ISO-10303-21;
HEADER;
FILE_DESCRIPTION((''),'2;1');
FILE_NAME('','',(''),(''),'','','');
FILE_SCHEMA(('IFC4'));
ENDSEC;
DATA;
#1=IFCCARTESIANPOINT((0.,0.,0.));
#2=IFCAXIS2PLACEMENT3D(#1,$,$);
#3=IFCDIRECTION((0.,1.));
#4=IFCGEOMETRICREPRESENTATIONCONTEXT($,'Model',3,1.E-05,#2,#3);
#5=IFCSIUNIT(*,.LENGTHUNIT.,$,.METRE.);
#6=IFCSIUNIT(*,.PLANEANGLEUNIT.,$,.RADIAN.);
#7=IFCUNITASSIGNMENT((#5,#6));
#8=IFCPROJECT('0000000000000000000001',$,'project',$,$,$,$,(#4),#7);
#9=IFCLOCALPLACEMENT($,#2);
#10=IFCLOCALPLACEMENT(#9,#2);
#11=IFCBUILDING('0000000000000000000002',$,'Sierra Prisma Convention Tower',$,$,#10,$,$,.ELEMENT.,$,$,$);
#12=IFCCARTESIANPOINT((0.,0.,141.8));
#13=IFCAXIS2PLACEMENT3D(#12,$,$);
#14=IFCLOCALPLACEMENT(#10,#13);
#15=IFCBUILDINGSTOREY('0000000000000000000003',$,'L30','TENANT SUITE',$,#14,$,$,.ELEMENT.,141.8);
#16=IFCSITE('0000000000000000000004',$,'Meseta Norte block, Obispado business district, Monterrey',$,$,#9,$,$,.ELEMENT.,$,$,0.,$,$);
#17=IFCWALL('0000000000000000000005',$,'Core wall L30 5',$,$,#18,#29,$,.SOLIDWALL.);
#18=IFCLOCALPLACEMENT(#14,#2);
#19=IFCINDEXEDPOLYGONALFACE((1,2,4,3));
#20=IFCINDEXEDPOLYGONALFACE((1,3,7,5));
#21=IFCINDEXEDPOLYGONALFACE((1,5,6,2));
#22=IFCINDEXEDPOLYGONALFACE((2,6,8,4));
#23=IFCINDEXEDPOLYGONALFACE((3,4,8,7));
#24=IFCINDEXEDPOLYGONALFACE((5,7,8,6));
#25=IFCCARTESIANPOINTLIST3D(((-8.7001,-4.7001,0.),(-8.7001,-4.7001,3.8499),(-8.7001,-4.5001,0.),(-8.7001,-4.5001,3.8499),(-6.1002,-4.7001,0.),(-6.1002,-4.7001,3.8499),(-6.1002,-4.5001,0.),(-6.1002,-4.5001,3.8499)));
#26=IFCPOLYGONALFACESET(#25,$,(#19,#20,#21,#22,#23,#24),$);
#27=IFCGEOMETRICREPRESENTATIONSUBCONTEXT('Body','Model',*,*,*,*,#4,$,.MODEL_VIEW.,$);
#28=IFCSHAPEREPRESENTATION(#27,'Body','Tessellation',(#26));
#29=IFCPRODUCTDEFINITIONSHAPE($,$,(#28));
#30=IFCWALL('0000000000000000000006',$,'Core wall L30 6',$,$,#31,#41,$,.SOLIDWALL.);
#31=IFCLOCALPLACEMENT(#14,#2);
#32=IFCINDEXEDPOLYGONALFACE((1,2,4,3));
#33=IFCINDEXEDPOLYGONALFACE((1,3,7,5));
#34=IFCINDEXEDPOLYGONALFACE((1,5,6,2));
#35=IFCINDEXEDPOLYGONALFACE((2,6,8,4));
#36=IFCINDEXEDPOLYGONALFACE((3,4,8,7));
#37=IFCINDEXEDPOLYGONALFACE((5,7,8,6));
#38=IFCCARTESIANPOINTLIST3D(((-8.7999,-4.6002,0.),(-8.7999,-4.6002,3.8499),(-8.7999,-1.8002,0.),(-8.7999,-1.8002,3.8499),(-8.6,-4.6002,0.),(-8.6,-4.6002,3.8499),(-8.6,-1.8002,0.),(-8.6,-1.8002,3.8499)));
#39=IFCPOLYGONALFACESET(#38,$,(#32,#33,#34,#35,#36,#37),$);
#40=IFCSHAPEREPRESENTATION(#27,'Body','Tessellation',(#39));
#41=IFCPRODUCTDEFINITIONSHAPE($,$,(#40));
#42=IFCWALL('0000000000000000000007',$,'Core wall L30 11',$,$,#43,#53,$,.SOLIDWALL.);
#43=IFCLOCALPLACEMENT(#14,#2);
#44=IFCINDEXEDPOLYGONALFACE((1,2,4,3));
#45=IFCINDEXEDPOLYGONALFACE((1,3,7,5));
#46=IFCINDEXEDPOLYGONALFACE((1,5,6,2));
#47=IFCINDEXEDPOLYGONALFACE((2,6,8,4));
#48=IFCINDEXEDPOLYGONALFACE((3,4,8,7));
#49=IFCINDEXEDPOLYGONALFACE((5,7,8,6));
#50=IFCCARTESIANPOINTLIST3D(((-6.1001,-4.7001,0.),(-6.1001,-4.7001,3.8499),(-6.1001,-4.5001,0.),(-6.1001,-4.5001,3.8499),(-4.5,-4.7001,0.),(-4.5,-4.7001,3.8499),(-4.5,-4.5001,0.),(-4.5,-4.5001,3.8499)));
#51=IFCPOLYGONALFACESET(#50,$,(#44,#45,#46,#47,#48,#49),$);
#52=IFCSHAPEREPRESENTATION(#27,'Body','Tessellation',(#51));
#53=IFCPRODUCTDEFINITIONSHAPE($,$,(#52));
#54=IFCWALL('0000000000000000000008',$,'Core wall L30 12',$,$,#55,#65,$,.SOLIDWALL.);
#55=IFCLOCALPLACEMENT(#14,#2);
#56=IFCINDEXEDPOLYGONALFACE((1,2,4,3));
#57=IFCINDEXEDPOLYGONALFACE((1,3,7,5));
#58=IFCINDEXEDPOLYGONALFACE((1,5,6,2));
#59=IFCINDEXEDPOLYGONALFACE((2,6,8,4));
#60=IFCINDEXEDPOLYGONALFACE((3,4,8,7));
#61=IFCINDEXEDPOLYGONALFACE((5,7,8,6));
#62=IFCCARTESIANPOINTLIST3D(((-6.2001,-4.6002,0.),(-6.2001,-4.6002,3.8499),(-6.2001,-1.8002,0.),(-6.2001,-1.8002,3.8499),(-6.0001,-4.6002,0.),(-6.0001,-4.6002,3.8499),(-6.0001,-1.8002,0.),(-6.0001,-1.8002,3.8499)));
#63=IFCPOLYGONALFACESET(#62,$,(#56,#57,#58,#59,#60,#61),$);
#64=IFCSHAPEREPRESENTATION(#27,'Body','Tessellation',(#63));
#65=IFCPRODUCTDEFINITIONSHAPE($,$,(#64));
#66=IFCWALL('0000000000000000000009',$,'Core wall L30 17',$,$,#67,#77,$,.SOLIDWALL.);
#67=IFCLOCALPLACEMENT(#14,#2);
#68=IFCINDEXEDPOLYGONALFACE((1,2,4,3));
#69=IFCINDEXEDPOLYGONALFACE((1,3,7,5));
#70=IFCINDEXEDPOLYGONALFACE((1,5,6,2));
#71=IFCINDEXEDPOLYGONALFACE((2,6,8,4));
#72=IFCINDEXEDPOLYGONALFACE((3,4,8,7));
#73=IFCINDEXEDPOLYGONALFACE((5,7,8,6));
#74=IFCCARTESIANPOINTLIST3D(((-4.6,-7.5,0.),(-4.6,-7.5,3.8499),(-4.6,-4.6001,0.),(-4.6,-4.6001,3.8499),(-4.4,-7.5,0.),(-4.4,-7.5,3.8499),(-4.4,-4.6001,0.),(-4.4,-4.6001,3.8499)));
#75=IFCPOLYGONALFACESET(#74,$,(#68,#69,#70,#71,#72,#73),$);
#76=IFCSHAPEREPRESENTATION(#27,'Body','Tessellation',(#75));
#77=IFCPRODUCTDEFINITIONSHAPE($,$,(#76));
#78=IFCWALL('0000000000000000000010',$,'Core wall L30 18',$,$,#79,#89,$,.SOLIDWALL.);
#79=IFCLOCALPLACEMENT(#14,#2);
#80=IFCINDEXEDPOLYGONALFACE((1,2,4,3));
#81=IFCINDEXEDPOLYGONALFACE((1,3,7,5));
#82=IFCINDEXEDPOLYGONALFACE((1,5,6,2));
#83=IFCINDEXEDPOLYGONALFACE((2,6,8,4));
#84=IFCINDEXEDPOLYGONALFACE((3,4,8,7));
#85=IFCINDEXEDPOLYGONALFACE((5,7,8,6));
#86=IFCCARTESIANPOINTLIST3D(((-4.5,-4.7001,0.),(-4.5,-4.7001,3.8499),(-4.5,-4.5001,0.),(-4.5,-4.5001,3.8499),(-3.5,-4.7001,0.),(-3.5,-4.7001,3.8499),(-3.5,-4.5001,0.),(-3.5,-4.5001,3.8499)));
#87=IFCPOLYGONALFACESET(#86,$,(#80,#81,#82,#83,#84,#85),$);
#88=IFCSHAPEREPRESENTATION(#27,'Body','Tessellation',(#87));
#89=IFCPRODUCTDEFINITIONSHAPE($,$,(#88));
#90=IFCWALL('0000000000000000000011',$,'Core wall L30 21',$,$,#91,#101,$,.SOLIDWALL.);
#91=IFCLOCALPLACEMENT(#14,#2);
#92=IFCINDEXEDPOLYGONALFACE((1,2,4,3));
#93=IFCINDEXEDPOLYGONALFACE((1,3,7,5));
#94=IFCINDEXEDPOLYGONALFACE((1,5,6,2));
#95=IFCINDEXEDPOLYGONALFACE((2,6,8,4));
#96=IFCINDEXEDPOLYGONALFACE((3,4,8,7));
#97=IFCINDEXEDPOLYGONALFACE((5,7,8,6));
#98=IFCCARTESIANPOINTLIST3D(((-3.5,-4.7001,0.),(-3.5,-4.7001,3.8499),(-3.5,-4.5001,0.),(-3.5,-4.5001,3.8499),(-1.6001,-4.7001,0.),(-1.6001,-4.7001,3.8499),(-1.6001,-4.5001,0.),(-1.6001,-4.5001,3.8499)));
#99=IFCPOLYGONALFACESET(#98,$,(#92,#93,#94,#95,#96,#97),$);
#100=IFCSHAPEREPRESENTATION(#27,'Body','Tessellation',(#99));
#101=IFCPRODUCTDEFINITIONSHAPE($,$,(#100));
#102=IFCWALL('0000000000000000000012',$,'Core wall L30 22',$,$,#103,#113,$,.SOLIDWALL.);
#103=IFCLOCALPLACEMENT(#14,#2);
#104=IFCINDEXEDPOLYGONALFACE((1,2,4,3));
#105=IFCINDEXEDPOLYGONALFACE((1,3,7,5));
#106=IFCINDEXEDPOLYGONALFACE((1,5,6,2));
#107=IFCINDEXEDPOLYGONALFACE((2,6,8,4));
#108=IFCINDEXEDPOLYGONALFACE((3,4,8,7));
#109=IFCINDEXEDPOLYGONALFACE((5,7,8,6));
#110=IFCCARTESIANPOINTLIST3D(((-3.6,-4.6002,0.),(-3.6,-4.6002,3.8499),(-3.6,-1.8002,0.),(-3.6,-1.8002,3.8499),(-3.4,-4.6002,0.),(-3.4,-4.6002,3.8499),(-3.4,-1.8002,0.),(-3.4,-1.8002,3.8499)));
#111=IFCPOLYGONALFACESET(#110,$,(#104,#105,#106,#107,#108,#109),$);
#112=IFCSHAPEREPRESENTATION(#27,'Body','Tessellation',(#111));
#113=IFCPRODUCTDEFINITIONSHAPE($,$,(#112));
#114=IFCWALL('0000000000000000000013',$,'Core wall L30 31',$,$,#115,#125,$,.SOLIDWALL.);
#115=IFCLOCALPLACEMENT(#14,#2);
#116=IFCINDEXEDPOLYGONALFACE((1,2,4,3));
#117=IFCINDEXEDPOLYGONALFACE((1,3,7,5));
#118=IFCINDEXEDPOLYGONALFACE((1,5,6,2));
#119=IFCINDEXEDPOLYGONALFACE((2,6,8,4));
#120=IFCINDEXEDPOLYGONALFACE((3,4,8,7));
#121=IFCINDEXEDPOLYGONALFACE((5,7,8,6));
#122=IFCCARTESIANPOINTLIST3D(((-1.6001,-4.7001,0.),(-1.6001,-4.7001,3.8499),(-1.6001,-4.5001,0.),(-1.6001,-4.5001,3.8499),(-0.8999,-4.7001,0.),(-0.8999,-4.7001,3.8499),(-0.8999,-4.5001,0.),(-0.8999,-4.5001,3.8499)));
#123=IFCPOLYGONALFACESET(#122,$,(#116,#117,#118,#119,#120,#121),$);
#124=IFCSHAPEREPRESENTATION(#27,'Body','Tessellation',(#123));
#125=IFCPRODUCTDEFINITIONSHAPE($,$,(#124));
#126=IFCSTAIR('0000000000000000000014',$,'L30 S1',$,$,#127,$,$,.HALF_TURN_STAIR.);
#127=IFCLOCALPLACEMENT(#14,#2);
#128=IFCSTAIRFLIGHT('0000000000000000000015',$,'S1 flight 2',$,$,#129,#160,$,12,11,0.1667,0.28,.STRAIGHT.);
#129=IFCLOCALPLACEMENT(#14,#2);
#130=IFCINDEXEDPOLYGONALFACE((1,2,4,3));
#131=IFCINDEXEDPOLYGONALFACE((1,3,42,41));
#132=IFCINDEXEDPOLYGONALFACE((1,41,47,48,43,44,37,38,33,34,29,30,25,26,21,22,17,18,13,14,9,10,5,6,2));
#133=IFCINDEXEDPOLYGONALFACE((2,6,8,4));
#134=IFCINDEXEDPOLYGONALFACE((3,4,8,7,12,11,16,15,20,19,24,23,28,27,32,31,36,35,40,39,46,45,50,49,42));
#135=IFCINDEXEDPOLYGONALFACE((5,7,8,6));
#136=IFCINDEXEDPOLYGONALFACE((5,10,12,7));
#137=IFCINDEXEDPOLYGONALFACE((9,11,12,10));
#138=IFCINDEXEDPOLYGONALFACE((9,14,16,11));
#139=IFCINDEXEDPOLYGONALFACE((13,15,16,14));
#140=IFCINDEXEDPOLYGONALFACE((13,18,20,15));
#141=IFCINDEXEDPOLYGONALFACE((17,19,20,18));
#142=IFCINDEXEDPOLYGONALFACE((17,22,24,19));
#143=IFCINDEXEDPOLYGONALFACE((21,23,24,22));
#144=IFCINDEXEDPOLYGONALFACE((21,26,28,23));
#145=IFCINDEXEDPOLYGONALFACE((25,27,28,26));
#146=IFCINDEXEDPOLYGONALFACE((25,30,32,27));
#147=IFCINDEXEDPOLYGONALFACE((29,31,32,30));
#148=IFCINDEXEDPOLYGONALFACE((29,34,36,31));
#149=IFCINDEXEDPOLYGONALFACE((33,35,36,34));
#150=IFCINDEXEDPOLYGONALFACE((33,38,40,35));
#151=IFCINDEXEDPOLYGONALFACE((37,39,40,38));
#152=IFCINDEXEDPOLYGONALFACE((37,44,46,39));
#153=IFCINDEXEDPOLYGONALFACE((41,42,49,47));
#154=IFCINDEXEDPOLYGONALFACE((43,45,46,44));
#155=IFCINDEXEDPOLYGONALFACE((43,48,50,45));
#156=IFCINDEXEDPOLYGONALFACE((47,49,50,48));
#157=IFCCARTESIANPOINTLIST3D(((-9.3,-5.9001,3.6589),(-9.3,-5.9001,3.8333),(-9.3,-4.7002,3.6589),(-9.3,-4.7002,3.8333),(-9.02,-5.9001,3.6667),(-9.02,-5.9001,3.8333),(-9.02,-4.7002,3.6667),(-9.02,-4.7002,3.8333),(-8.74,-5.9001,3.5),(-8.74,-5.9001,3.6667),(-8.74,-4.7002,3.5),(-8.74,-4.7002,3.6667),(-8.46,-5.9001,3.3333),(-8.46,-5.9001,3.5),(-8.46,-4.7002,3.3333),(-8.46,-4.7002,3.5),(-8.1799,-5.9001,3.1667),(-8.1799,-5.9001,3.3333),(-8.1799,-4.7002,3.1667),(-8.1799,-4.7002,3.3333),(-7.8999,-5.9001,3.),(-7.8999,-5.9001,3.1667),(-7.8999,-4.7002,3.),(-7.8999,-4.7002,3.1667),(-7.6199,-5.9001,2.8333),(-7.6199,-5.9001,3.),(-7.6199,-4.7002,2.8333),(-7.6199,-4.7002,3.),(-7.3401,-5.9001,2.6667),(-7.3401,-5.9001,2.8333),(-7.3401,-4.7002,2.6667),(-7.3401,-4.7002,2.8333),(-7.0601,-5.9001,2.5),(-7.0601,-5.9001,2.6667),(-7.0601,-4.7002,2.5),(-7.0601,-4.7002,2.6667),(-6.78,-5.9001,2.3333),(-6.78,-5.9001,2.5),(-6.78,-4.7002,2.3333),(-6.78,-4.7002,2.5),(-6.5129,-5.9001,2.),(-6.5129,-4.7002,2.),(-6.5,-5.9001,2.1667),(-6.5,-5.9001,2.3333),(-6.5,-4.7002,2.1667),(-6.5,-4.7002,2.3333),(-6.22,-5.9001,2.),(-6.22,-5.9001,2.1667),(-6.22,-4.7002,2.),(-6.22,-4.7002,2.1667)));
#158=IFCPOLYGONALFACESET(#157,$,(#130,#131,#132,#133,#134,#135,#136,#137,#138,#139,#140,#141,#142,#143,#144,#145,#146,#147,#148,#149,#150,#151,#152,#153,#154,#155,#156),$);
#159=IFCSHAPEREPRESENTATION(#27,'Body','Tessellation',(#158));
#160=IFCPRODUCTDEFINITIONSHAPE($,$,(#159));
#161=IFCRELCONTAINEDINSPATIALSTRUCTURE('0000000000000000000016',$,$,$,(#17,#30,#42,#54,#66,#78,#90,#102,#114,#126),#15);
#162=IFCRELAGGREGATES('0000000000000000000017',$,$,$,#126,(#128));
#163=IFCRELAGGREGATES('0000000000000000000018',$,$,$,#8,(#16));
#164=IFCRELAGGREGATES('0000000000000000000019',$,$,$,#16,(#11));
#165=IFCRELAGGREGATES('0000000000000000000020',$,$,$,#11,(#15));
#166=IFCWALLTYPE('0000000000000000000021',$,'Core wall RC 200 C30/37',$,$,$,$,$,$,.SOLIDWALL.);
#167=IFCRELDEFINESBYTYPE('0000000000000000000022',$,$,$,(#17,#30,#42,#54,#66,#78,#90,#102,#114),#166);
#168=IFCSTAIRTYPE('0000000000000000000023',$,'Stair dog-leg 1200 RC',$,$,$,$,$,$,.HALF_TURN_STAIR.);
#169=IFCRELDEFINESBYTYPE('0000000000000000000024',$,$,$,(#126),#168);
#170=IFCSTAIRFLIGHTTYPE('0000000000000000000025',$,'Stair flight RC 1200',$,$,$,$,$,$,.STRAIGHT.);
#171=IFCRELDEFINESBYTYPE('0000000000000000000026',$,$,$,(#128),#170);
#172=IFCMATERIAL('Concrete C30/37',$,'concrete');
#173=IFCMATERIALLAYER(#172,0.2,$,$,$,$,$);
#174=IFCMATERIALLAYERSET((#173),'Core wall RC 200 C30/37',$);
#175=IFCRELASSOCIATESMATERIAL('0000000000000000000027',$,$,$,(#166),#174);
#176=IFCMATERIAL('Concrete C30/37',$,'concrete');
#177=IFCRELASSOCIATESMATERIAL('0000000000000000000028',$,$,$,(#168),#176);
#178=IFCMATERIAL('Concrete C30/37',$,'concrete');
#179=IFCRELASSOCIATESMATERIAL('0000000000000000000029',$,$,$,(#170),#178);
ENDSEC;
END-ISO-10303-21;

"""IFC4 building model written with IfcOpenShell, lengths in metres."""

from ifc_helpers import new_model, si_unit, direction, frame, frame_2d, origin, place, context, subcontext, project, spatial, polyline, rectangle, outline, extrude, material, layer, layer_set, type_object, element, aggregate, save


model = new_model("IFC4")

# Units and contexts
model_context = context("Model", 3, precision=1e-05, world=origin(), true_north=direction((0.0, 1.0)))
body_context = subcontext(model_context, "Body", "Model", "MODEL_VIEW")
ifc_project = project(units=[si_unit("LENGTHUNIT", "METRE"), si_unit("PLANEANGLEUNIT", "RADIAN")], contexts=[model_context])

# Site, building, storey
site_placement = place(None, origin())
site = spatial("IfcSite", under=ifc_project, at=site_placement, Name="Meseta Norte block, Obispado business district, Monterrey", CompositionType="ELEMENT", RefElevation=0.0)
building_placement = place(site_placement, origin())
building = spatial("IfcBuilding", under=site, at=building_placement, Name="Sierra Prisma Convention Tower", CompositionType="ELEMENT")
storey_placement = place(building_placement, frame((0.0, 0.0, 141.8)))
storey = spatial("IfcBuildingStorey", under=building, at=storey_placement, Name="L30", Description="TENANT SUITE", CompositionType="ELEMENT", Elevation=141.8)

# Shared definitions
ifc_material_1 = material(Name="Concrete C30/37", Category="concrete")
ifc_layer = layer(ifc_material_1, 0.2)
ifc_layer_set = layer_set([ifc_layer], Name="Core wall RC 200 C30/37")
wall_type = type_object("IfcWallType", Name="Core wall RC 200 C30/37", PredefinedType="SOLIDWALL", material=ifc_layer_set)

# Walls
wall_1_placement = place(storey_placement, frame((-8.7, -4.6001, 0.0), z_axis=(0.0, 0.0, 1.0), x_axis=(1.0, 0.0, 0.0)))
element("IfcWall", 1, at=wall_1_placement, inside=storey, type_object=wall_type, Name="Core wall L30 5", PredefinedType="SOLIDWALL", context=body_context, shape_type="SweptSolid", body=[
    extrude(rectangle(XDim=2.5999, YDim=0.2, at=frame_2d((1.2998, 0.0))), origin(), (0.0, 0.0, 1.0), 3.8499),
])
wall_2_placement = place(storey_placement, frame((-8.7, -4.6001, 0.0), z_axis=(0.0, 0.0, 1.0), x_axis=(0.0, 1.0, 0.0)))
element("IfcWall", 2, at=wall_2_placement, inside=storey, type_object=wall_type, Name="Core wall L30 6", PredefinedType="SOLIDWALL", context=body_context, shape_type="SweptSolid", body=[
    extrude(rectangle(XDim=2.8, YDim=0.2, at=frame_2d((1.3999, 0.0))), origin(), (0.0, 0.0, 1.0), 3.8499),
])
wall_3_placement = place(storey_placement, frame((-6.1001, -4.6001, 0.0), z_axis=(0.0, 0.0, 1.0), x_axis=(1.0, 0.0, 0.0)))
element("IfcWall", 3, at=wall_3_placement, inside=storey, type_object=wall_type, Name="Core wall L30 11", PredefinedType="SOLIDWALL", context=body_context, shape_type="SweptSolid", body=[
    extrude(rectangle(XDim=1.6001, YDim=0.2, at=frame_2d((0.8, 0.0))), origin(), (0.0, 0.0, 1.0), 3.8499),
])
wall_4_placement = place(storey_placement, frame((-6.1001, -4.6001, 0.0), z_axis=(0.0, 0.0, 1.0), x_axis=(0.0, 1.0, 0.0)))
element("IfcWall", 4, at=wall_4_placement, inside=storey, type_object=wall_type, Name="Core wall L30 12", PredefinedType="SOLIDWALL", context=body_context, shape_type="SweptSolid", body=[
    extrude(rectangle(XDim=2.8, YDim=0.2, at=frame_2d((1.3999, 0.0))), origin(), (0.0, 0.0, 1.0), 3.8499),
])
wall_5_placement = place(storey_placement, frame((-4.5, -4.6001, 0.0), z_axis=(0.0, 0.0, 1.0), x_axis=(0.0, -1.0, 0.0)))
element("IfcWall", 5, at=wall_5_placement, inside=storey, type_object=wall_type, Name="Core wall L30 17", PredefinedType="SOLIDWALL", context=body_context, shape_type="SweptSolid", body=[
    extrude(rectangle(XDim=2.8999, YDim=0.2, at=frame_2d((1.45, 0.0))), origin(), (0.0, 0.0, 1.0), 3.8499),
])
wall_6_placement = place(storey_placement, frame((-4.5, -4.6001, 0.0), z_axis=(0.0, 0.0, 1.0), x_axis=(1.0, 0.0, 0.0)))
element("IfcWall", 6, at=wall_6_placement, inside=storey, type_object=wall_type, Name="Core wall L30 18", PredefinedType="SOLIDWALL", context=body_context, shape_type="SweptSolid", body=[
    extrude(rectangle(XDim=1.0, YDim=0.2, at=frame_2d((0.5, 0.0))), origin(), (0.0, 0.0, 1.0), 3.8499),
])
wall_7_placement = place(storey_placement, frame((-3.5, -4.6001, 0.0), z_axis=(0.0, 0.0, 1.0), x_axis=(1.0, 0.0, 0.0)))
element("IfcWall", 7, at=wall_7_placement, inside=storey, type_object=wall_type, Name="Core wall L30 21", PredefinedType="SOLIDWALL", context=body_context, shape_type="SweptSolid", body=[
    extrude(rectangle(XDim=1.8999, YDim=0.2, at=frame_2d((0.95, 0.0))), origin(), (0.0, 0.0, 1.0), 3.8499),
])
wall_8_placement = place(storey_placement, frame((-3.5, -4.6001, 0.0), z_axis=(0.0, 0.0, 1.0), x_axis=(0.0, 1.0, 0.0)))
element("IfcWall", 8, at=wall_8_placement, inside=storey, type_object=wall_type, Name="Core wall L30 22", PredefinedType="SOLIDWALL", context=body_context, shape_type="SweptSolid", body=[
    extrude(rectangle(XDim=2.8, YDim=0.2, at=frame_2d((1.3999, 0.0))), origin(), (0.0, 0.0, 1.0), 3.8499),
])
wall_9_placement = place(storey_placement, frame((-1.6001, -4.6001, 0.0), z_axis=(0.0, 0.0, 1.0), x_axis=(1.0, 0.0, 0.0)))
element("IfcWall", 9, at=wall_9_placement, inside=storey, type_object=wall_type, Name="Core wall L30 31", PredefinedType="SOLIDWALL", context=body_context, shape_type="SweptSolid", body=[
    extrude(rectangle(XDim=0.7002, YDim=0.2, at=frame_2d((0.3501, 0.0))), origin(), (0.0, 0.0, 1.0), 3.8499),
])

# Stair, stair flight
ifc_material_2 = material(Name="Concrete C30/37", Category="concrete")
stair_type = type_object("IfcStairType", Name="Stair dog-leg 1200 RC", PredefinedType="HALF_TURN_STAIR", material=ifc_material_2)
stair_placement = place(storey_placement, origin())
stair = element("IfcStair", 10, at=stair_placement, inside=storey, type_object=stair_type, Name="L30 S1", PredefinedType="HALF_TURN_STAIR")
ifc_material_3 = material(Name="Concrete C30/37", Category="concrete")
stair_flight_type = type_object("IfcStairFlightType", Name="Stair flight RC 1200", PredefinedType="STRAIGHT", material=ifc_material_3)
stair_flight_placement = place(storey_placement, frame((-6.22, -5.3, 2.0), z_axis=(0.0, 0.0, 1.0), x_axis=(-1.0, 0.0, 0.0)))
stair_flight = element("IfcStairFlight", 11, at=stair_flight_placement, type_object=stair_flight_type, Name="S1 flight 2", NumberOfRisers=12, NumberOfTreads=11, PredefinedType="STRAIGHT", RiserHeight=0.1667, TreadLength=0.28, context=body_context, shape_type="SweptSolid", body=[
    extrude(outline(polyline([(0.0, 0.0), (0.0, 0.1667), (0.28, 0.1667), (0.28, 0.3333), (0.5601, 0.3333), (0.5601, 0.5), (0.8401, 0.5), (0.8401, 0.6667), (1.1201, 0.6667), (1.1201, 0.8333), (1.3999, 0.8333), (1.3999, 1.0), (1.6799, 1.0), (1.6799, 1.1667), (1.96, 1.1667), (1.96, 1.3333), (2.24, 1.3333), (2.24, 1.5), (2.52, 1.5), (2.52, 1.6667), (2.8, 1.6667), (2.8, 1.8333), (3.0801, 1.8333), (3.0801, 2.0), (3.0801, 1.6589), (0.293, 0.0), (0.0, 0.0)])), frame((0.0, 0.6001, 0.0), z_axis=(0.0, -1.0, 0.0), x_axis=(1.0, 0.0, 0.0)), (0.0, 0.0, 1.0), 1.2),
])
aggregate(stair, [stair_flight])

save(model, "model.ifc")
